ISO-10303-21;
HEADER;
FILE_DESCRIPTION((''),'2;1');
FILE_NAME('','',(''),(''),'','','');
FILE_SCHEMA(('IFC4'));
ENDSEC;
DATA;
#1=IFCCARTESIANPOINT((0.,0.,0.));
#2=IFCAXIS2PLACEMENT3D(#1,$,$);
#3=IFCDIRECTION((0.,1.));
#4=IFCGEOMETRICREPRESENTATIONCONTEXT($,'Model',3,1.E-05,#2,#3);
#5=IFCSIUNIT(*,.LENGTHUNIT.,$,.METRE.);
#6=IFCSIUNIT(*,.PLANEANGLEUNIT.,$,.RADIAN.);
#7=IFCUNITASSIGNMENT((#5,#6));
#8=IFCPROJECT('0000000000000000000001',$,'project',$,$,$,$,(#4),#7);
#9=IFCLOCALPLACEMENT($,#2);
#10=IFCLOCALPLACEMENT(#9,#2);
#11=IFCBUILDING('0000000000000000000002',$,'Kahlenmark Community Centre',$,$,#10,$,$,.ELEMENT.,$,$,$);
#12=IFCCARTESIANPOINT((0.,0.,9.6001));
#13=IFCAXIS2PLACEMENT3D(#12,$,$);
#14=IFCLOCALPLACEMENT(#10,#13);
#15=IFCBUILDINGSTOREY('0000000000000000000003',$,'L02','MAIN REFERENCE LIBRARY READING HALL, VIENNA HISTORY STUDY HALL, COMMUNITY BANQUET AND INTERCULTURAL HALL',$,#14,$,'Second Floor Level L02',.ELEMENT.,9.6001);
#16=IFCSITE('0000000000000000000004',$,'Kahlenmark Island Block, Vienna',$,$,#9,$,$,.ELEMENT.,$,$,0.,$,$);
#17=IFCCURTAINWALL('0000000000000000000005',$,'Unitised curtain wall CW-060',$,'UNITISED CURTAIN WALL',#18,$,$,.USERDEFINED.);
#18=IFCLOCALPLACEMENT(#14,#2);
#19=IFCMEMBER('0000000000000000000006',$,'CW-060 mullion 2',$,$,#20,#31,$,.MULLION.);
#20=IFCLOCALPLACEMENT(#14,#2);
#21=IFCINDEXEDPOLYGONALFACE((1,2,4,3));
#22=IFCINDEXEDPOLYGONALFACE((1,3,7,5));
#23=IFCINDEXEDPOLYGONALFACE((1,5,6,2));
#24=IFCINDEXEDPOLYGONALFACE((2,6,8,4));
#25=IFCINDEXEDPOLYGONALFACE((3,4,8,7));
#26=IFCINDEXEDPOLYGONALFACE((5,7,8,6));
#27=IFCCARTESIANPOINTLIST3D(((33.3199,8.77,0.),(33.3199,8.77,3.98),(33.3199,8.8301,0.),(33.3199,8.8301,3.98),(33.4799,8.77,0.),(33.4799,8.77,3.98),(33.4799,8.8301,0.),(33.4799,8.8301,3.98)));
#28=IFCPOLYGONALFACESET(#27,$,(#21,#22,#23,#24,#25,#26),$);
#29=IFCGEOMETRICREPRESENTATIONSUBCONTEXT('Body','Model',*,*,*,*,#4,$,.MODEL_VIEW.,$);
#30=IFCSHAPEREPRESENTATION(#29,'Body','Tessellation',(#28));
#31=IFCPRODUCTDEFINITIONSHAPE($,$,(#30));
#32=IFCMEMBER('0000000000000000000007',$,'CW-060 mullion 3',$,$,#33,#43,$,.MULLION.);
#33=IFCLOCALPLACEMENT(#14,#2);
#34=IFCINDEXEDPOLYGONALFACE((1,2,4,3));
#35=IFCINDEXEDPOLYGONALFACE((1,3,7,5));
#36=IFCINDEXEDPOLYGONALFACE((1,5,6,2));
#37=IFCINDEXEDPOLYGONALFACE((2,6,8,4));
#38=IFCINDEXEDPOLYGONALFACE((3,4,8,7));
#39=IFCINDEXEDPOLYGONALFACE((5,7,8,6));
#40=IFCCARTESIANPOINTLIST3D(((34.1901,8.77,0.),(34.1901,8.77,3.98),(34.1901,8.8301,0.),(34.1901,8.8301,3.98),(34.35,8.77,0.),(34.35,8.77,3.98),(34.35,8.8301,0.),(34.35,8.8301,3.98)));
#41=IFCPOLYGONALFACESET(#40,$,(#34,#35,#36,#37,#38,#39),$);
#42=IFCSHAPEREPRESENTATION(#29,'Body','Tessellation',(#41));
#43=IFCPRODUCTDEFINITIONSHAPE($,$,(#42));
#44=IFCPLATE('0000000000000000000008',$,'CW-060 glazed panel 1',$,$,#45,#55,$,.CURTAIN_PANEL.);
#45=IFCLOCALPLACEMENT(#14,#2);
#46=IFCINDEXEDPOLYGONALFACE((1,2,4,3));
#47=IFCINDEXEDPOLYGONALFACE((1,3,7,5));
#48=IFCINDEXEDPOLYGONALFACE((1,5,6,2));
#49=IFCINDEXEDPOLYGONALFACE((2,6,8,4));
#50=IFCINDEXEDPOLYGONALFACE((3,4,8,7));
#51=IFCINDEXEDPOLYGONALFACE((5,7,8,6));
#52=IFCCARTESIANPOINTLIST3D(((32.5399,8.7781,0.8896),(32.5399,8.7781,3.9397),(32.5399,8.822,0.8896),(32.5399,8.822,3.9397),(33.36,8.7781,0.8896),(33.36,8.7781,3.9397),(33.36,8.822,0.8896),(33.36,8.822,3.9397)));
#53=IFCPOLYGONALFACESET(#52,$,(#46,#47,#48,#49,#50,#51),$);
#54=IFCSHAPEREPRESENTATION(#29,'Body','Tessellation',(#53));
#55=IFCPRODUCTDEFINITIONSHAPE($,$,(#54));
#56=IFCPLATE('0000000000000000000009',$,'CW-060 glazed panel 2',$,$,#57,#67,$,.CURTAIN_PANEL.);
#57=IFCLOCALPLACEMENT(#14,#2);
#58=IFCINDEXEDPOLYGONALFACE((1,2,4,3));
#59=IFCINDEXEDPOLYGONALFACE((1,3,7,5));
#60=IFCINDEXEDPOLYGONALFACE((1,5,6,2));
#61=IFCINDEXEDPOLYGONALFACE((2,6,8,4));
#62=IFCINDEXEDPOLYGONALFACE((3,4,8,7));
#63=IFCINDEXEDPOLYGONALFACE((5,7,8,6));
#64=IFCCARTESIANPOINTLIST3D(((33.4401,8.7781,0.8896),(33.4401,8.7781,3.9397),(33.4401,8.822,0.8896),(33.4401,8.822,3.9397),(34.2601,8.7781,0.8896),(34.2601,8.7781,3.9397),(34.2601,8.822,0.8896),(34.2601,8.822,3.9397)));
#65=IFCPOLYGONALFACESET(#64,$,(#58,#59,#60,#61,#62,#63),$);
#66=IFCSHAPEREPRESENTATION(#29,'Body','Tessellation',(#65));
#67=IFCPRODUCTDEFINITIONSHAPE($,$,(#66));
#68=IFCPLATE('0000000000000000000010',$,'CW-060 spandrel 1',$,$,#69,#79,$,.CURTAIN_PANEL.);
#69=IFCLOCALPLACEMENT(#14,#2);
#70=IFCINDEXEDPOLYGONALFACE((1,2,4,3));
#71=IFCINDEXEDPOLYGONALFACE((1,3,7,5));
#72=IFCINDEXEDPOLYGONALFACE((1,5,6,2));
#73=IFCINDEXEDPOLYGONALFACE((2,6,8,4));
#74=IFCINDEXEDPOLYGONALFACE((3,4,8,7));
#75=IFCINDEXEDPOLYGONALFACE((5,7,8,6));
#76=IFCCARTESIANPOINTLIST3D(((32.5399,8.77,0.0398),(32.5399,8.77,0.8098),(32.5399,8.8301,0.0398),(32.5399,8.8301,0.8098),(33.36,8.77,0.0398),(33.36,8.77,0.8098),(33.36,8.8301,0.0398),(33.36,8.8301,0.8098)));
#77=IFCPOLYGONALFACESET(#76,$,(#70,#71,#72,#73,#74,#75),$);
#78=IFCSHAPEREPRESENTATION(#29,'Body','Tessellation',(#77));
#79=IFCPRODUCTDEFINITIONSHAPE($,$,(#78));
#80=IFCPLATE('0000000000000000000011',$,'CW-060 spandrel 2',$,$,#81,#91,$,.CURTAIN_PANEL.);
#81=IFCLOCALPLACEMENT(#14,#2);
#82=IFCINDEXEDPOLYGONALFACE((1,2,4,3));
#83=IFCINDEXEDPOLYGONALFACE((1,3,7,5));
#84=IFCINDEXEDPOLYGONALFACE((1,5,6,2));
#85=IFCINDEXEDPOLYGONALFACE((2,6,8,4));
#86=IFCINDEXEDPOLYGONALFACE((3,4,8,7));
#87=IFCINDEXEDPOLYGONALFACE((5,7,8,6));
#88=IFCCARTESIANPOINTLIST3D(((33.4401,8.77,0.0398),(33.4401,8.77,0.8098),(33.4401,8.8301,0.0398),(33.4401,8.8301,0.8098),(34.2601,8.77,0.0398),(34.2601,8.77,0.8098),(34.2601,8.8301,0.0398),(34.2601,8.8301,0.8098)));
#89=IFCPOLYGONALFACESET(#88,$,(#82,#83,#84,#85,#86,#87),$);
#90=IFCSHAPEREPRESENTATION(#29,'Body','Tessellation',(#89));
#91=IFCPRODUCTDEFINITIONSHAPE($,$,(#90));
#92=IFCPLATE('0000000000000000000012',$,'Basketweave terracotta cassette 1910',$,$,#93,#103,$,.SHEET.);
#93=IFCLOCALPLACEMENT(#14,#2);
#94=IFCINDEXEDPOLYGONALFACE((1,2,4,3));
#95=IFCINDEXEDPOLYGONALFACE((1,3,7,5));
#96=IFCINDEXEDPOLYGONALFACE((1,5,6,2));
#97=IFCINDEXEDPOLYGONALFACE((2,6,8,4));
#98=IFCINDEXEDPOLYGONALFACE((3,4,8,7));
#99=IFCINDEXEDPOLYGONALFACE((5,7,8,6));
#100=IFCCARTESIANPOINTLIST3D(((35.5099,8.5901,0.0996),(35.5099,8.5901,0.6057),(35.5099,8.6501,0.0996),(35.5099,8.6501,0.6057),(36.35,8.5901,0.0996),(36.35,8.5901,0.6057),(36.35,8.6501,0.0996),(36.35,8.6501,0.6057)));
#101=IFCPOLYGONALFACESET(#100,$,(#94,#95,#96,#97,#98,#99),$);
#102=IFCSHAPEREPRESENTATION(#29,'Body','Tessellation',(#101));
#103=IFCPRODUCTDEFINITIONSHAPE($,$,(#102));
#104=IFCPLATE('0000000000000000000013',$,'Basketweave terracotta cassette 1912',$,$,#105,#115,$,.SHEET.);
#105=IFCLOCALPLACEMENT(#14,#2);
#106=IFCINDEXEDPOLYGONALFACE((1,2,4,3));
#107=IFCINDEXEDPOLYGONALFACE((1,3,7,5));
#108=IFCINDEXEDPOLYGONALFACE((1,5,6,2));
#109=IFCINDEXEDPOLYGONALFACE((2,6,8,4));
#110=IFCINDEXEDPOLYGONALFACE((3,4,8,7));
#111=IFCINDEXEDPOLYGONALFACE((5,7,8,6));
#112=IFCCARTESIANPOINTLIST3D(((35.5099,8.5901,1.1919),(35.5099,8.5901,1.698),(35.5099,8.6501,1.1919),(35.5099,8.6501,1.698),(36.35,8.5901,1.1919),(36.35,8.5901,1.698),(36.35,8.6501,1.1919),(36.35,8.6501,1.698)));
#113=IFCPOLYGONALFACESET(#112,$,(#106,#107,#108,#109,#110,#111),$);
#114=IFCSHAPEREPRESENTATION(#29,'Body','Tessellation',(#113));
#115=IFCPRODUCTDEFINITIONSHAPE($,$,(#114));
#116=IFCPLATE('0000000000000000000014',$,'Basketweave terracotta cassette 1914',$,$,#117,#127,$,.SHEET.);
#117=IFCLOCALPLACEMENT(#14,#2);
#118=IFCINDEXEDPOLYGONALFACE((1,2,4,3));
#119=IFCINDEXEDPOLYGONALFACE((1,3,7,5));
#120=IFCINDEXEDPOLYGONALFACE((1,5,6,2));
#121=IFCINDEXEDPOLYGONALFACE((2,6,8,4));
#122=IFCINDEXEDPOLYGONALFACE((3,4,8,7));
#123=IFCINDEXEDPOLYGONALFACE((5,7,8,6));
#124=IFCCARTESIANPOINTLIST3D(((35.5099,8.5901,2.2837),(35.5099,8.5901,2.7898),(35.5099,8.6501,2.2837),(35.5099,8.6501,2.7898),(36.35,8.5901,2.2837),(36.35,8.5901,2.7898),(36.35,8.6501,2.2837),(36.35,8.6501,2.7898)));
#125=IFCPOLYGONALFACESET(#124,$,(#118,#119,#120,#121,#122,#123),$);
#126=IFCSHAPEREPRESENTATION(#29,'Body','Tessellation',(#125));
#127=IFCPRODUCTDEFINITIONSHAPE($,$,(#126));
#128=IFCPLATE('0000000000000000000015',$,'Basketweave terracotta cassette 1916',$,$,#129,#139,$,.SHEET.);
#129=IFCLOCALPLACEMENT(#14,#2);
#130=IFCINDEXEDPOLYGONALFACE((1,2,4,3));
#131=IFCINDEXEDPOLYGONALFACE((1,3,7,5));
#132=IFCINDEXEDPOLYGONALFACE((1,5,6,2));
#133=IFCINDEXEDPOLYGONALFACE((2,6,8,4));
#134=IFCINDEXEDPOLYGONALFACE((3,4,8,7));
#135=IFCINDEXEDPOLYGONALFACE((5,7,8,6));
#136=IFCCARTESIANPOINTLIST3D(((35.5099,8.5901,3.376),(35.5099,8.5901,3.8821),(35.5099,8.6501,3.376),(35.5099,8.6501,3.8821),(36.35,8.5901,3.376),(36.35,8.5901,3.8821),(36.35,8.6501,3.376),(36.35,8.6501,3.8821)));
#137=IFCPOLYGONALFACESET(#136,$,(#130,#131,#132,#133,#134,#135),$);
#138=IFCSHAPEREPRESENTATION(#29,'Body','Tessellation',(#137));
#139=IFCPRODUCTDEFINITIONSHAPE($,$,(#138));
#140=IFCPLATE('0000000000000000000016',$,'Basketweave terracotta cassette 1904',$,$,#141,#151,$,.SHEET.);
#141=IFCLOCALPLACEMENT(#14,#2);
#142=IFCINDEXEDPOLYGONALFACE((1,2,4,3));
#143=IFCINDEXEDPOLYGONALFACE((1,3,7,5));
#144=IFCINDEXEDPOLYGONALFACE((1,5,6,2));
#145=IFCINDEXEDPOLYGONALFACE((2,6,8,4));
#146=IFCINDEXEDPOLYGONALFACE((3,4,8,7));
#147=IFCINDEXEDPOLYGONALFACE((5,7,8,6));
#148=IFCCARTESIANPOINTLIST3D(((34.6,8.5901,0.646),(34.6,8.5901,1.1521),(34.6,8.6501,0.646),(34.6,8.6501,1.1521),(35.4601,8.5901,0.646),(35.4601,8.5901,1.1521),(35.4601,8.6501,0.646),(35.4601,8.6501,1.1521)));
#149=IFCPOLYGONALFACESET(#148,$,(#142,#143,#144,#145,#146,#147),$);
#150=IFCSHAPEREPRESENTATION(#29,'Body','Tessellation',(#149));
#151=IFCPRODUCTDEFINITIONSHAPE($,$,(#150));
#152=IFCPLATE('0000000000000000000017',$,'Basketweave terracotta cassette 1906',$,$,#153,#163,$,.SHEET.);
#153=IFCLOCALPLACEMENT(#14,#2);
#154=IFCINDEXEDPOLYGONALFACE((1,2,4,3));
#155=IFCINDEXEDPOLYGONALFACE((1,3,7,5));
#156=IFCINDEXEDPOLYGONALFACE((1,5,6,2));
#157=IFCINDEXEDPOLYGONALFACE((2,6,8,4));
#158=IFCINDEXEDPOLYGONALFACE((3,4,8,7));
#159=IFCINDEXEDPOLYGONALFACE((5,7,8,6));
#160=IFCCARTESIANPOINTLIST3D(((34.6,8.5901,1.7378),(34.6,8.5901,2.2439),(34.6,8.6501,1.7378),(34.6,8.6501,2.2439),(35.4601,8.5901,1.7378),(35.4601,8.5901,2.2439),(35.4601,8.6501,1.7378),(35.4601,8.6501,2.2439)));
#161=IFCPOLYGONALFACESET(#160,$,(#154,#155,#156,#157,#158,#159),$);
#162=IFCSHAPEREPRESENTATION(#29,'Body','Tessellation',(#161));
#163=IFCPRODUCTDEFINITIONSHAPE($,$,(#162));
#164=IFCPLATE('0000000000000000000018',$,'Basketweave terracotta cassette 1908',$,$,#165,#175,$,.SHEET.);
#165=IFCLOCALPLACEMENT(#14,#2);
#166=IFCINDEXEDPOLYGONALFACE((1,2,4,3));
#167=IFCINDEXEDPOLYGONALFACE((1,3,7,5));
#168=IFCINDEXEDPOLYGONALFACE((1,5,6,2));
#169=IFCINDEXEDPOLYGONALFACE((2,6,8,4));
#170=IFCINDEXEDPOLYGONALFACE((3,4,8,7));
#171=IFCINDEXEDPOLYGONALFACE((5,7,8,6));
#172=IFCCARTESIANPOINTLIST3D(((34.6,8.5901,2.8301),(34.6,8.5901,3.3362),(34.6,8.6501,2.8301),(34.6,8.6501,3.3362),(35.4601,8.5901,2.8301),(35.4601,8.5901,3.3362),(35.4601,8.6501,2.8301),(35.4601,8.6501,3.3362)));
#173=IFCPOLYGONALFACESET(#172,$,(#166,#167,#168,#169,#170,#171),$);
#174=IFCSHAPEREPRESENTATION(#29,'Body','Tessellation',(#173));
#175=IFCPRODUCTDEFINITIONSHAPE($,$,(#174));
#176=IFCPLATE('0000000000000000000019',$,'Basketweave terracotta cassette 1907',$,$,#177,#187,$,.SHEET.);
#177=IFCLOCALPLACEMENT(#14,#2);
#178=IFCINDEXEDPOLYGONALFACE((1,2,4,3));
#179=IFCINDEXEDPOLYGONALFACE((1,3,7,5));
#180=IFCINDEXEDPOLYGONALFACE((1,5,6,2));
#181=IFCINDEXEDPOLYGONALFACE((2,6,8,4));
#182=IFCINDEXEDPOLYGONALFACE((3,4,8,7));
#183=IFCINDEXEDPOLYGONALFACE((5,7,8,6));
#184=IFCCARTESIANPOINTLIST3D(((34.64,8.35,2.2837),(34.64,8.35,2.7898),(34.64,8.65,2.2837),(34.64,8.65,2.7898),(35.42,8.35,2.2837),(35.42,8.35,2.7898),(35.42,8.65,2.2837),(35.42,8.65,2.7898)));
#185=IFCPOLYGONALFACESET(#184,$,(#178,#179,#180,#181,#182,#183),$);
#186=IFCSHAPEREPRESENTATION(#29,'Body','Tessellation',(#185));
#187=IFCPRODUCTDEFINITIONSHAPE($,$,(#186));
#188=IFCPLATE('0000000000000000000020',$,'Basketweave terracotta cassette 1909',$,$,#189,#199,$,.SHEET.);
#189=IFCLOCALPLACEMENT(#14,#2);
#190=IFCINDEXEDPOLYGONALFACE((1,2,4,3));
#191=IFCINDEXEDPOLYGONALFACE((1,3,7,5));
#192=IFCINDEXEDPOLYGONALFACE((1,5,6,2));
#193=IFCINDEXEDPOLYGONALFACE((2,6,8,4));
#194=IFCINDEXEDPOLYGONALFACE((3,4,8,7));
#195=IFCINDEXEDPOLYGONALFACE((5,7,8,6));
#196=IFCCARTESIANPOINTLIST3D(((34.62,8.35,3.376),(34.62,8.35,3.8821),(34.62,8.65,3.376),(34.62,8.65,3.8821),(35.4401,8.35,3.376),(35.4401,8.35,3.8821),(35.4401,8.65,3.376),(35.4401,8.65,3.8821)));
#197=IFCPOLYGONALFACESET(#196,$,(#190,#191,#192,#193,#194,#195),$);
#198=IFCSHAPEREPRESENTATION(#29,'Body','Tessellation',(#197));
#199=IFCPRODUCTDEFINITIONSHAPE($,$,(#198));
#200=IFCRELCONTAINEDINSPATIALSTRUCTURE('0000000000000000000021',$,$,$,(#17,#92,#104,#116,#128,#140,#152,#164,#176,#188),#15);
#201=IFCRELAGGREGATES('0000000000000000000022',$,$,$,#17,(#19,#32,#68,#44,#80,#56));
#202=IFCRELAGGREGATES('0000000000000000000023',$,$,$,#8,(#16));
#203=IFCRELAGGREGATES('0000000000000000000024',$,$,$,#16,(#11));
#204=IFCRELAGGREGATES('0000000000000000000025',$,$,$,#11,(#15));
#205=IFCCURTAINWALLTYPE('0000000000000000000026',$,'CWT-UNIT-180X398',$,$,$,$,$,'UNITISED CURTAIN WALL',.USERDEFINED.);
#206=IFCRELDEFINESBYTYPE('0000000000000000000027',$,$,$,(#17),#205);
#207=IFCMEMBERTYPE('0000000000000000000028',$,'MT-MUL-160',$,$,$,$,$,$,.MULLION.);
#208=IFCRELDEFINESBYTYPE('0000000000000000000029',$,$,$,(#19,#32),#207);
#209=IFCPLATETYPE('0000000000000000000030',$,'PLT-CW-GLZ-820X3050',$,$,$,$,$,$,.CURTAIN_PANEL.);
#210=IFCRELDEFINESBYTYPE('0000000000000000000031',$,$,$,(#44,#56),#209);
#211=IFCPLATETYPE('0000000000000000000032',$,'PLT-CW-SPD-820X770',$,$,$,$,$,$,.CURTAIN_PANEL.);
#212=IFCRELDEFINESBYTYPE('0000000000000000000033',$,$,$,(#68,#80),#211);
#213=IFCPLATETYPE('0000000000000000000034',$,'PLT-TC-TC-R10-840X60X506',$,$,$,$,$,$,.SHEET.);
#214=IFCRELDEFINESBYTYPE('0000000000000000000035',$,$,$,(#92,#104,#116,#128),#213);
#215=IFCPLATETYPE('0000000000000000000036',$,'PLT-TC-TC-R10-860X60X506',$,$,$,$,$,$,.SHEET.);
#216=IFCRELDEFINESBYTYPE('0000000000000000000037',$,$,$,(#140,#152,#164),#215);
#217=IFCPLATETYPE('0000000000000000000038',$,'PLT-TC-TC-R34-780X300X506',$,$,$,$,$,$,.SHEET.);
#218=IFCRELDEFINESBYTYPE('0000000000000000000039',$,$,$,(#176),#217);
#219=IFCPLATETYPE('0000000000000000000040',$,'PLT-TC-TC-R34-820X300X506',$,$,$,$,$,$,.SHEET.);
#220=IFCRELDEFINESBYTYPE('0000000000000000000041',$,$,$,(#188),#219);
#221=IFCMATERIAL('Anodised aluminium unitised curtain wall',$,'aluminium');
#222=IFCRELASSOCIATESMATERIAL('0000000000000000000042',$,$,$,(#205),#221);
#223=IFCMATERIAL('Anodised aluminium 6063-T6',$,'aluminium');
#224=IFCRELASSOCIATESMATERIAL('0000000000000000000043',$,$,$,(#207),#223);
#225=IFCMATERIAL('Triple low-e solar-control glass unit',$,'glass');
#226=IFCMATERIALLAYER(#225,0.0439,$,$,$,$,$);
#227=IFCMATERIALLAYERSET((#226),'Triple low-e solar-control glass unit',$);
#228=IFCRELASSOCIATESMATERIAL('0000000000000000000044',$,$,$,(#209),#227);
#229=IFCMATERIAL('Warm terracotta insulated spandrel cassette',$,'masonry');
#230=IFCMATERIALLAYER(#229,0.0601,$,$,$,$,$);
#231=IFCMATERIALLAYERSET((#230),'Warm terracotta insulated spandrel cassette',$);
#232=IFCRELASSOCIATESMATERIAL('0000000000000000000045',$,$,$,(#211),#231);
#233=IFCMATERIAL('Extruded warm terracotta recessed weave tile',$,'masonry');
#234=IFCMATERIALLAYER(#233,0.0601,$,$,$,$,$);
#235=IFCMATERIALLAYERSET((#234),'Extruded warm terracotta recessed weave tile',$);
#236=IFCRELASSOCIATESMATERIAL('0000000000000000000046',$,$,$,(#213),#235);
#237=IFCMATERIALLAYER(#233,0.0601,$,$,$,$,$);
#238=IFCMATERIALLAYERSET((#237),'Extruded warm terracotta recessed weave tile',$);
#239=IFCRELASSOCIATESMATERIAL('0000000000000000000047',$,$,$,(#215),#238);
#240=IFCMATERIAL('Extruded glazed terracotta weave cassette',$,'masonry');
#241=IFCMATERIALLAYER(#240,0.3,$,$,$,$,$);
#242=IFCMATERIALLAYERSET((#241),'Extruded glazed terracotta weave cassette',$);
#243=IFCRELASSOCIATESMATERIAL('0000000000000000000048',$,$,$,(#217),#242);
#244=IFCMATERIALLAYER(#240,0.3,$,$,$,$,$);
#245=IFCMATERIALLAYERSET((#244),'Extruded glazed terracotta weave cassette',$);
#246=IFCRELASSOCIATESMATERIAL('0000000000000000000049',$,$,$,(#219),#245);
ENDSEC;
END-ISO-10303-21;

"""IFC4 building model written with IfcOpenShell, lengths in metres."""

from ifc_helpers import new_model, si_unit, direction, frame, origin, origin_2d, place, context, subcontext, project, spatial, rectangle, extrude, material, layer, layer_set, material_profile, profile_set, type_object, element, aggregate, save


model = new_model("IFC4")

# Units and contexts
model_context = context("Model", 3, precision=1e-05, world=origin(), true_north=direction((0.0, 1.0)))
body_context = subcontext(model_context, "Body", "Model", "MODEL_VIEW")
ifc_project = project(units=[si_unit("LENGTHUNIT", "METRE"), si_unit("PLANEANGLEUNIT", "RADIAN")], contexts=[model_context])

# Site, building, storey
site_placement = place(None, origin())
site = spatial("IfcSite", under=ifc_project, at=site_placement, Name="Kahlenmark Island Block, Vienna", CompositionType="ELEMENT", RefElevation=0.0)
building_placement = place(site_placement, origin())
building = spatial("IfcBuilding", under=site, at=building_placement, Name="Kahlenmark Community Centre", CompositionType="ELEMENT")
storey_placement = place(building_placement, frame((0.0, 0.0, 9.6001)))
storey = spatial("IfcBuildingStorey", under=building, at=storey_placement, Name="L02", Description="MAIN REFERENCE LIBRARY READING HALL, VIENNA HISTORY STUDY HALL, COMMUNITY BANQUET AND INTERCULTURAL HALL", LongName="Second Floor Level L02", CompositionType="ELEMENT", Elevation=9.6001)

# Curtain wall, members, plates
ifc_material_1 = material(Name="Anodised aluminium unitised curtain wall", Category="aluminium")
curtain_wall_type = type_object("IfcCurtainWallType", Name="CWT-UNIT-180X398", ElementType="UNITISED CURTAIN WALL", PredefinedType="USERDEFINED", material=ifc_material_1)
curtain_wall_placement = place(storey_placement, origin())
curtain_wall = element("IfcCurtainWall", 1, at=curtain_wall_placement, inside=storey, type_object=curtain_wall_type, Name="Unitised curtain wall CW-060", ObjectType="UNITISED CURTAIN WALL", PredefinedType="USERDEFINED")
ifc_material_2 = material(Name="Anodised aluminium 6063-T6", Category="aluminium")
ifc_material_profile = material_profile(ifc_material_2, rectangle(XDim=0.0601, YDim=0.1599, at=origin_2d()), Name="ALU MULLION 60x160")
ifc_profile_set = profile_set([ifc_material_profile], Name="Anodised aluminium 6063-T6")
member_type = type_object("IfcMemberType", Name="MT-MUL-160", PredefinedType="MULLION", material=ifc_profile_set)
member_1_placement = place(storey_placement, frame((33.3999, 8.8, 0.0), z_axis=(0.0, 0.0, 1.0), x_axis=(0.0, 1.0, 0.0)))
member_1 = element("IfcMember", 2, at=member_1_placement, type_object=member_type, Name="CW-060 mullion 2", PredefinedType="MULLION", context=body_context, shape_type="SweptSolid", body=[
    extrude(rectangle(XDim=0.0601, YDim=0.1599, at=origin_2d()), origin(), (0.0, 0.0, 1.0), 3.98),
])
member_2_placement = place(storey_placement, frame((34.27, 8.8, 0.0), z_axis=(0.0, 0.0, 1.0), x_axis=(0.0, 1.0, 0.0)))
member_2 = element("IfcMember", 3, at=member_2_placement, type_object=member_type, Name="CW-060 mullion 3", PredefinedType="MULLION", context=body_context, shape_type="SweptSolid", body=[
    extrude(rectangle(XDim=0.0601, YDim=0.1599, at=origin_2d()), origin(), (0.0, 0.0, 1.0), 3.98),
])
ifc_material_3 = material(Name="Triple low-e solar-control glass unit", Category="glass")
ifc_layer_1 = layer(ifc_material_3, 0.0439)
ifc_layer_set_1 = layer_set([ifc_layer_1], Name="Triple low-e solar-control glass unit")
plate_type_1 = type_object("IfcPlateType", Name="PLT-CW-GLZ-820X3050", PredefinedType="CURTAIN_PANEL", material=ifc_layer_set_1)
plate_1_placement = place(storey_placement, frame((32.95, 8.8, 0.8896), z_axis=(0.0, 0.0, 1.0), x_axis=(1.0, 0.0, 0.0)))
plate_1 = element("IfcPlate", 4, at=plate_1_placement, type_object=plate_type_1, Name="CW-060 glazed panel 1", PredefinedType="CURTAIN_PANEL", context=body_context, shape_type="SweptSolid", body=[
    extrude(rectangle(XDim=0.8201, YDim=0.0439, at=origin_2d()), origin(), (0.0, 0.0, 1.0), 3.05),
])
plate_2_placement = place(storey_placement, frame((33.8501, 8.8, 0.8896), z_axis=(0.0, 0.0, 1.0), x_axis=(1.0, 0.0, 0.0)))
plate_2 = element("IfcPlate", 5, at=plate_2_placement, type_object=plate_type_1, Name="CW-060 glazed panel 2", PredefinedType="CURTAIN_PANEL", context=body_context, shape_type="SweptSolid", body=[
    extrude(rectangle(XDim=0.8201, YDim=0.0439, at=origin_2d()), origin(), (0.0, 0.0, 1.0), 3.05),
])
ifc_material_4 = material(Name="Warm terracotta insulated spandrel cassette", Category="masonry")
ifc_layer_2 = layer(ifc_material_4, 0.0601)
ifc_layer_set_2 = layer_set([ifc_layer_2], Name="Warm terracotta insulated spandrel cassette")
plate_type_2 = type_object("IfcPlateType", Name="PLT-CW-SPD-820X770", PredefinedType="CURTAIN_PANEL", material=ifc_layer_set_2)
plate_3_placement = place(storey_placement, frame((32.95, 8.8, 0.0398), z_axis=(0.0, 0.0, 1.0), x_axis=(1.0, 0.0, 0.0)))
plate_3 = element("IfcPlate", 6, at=plate_3_placement, type_object=plate_type_2, Name="CW-060 spandrel 1", PredefinedType="CURTAIN_PANEL", context=body_context, shape_type="SweptSolid", body=[
    extrude(rectangle(XDim=0.8201, YDim=0.0601, at=origin_2d()), origin(), (0.0, 0.0, 1.0), 0.77),
])
plate_4_placement = place(storey_placement, frame((33.8501, 8.8, 0.0398), z_axis=(0.0, 0.0, 1.0), x_axis=(1.0, 0.0, 0.0)))
plate_4 = element("IfcPlate", 7, at=plate_4_placement, type_object=plate_type_2, Name="CW-060 spandrel 2", PredefinedType="CURTAIN_PANEL", context=body_context, shape_type="SweptSolid", body=[
    extrude(rectangle(XDim=0.8201, YDim=0.0601, at=origin_2d()), origin(), (0.0, 0.0, 1.0), 0.77),
])
aggregate(curtain_wall, [member_1, member_2, plate_3, plate_1, plate_4, plate_2])

# Plates
ifc_material_5 = material(Name="Extruded warm terracotta recessed weave tile", Category="masonry")
ifc_layer_3 = layer(ifc_material_5, 0.0601)
ifc_layer_set_3 = layer_set([ifc_layer_3], Name="Extruded warm terracotta recessed weave tile")
plate_type_3 = type_object("IfcPlateType", Name="PLT-TC-TC-R10-840X60X506", PredefinedType="SHEET", material=ifc_layer_set_3)
for number, where, z_axis, x_axis, name in (
    (8, (35.9299, 8.6201, 0.0996), (0.0, 0.0, 1.0), (1.0, 0.0, 0.0), "Basketweave terracotta cassette 1910"),
    (9, (35.9299, 8.6201, 1.1919), (0.0, 0.0, 1.0), (1.0, 0.0, 0.0), "Basketweave terracotta cassette 1912"),
    (10, (35.9299, 8.6201, 2.2837), (0.0, 0.0, 1.0), (1.0, 0.0, 0.0), "Basketweave terracotta cassette 1914"),
    (11, (35.9299, 8.6201, 3.376), (0.0, 0.0, 1.0), (1.0, 0.0, 0.0), "Basketweave terracotta cassette 1916"),
):
    element("IfcPlate", number, at=place(storey_placement, frame(where, z_axis=z_axis, x_axis=x_axis)), inside=storey, type_object=plate_type_3, Name=name, PredefinedType="SHEET", context=body_context, shape_type="SweptSolid", body=[
        extrude(rectangle(XDim=0.8401, YDim=0.0601, at=origin_2d()), origin(), (0.0, 0.0, 1.0), 0.5061),
    ])
ifc_layer_4 = layer(ifc_material_5, 0.0601)
ifc_layer_set_4 = layer_set([ifc_layer_4], Name="Extruded warm terracotta recessed weave tile")
plate_type_4 = type_object("IfcPlateType", Name="PLT-TC-TC-R10-860X60X506", PredefinedType="SHEET", material=ifc_layer_set_4)
for number, where, z_axis, x_axis, name in (
    (12, (35.03, 8.6201, 0.646), (0.0, 0.0, 1.0), (1.0, 0.0, 0.0), "Basketweave terracotta cassette 1904"),
    (13, (35.03, 8.6201, 1.7378), (0.0, 0.0, 1.0), (1.0, 0.0, 0.0), "Basketweave terracotta cassette 1906"),
    (14, (35.03, 8.6201, 2.8301), (0.0, 0.0, 1.0), (1.0, 0.0, 0.0), "Basketweave terracotta cassette 1908"),
):
    element("IfcPlate", number, at=place(storey_placement, frame(where, z_axis=z_axis, x_axis=x_axis)), inside=storey, type_object=plate_type_4, Name=name, PredefinedType="SHEET", context=body_context, shape_type="SweptSolid", body=[
        extrude(rectangle(XDim=0.8601, YDim=0.0601, at=origin_2d()), origin(), (0.0, 0.0, 1.0), 0.5061),
    ])
ifc_material_6 = material(Name="Extruded glazed terracotta weave cassette", Category="masonry")
ifc_layer_5 = layer(ifc_material_6, 0.3)
ifc_layer_set_5 = layer_set([ifc_layer_5], Name="Extruded glazed terracotta weave cassette")
plate_type_5 = type_object("IfcPlateType", Name="PLT-TC-TC-R34-780X300X506", PredefinedType="SHEET", material=ifc_layer_set_5)
plate_5_placement = place(storey_placement, frame((35.03, 8.5, 2.2837), z_axis=(0.0, 0.0, 1.0), x_axis=(1.0, 0.0, 0.0)))
element("IfcPlate", 15, at=plate_5_placement, inside=storey, type_object=plate_type_5, Name="Basketweave terracotta cassette 1907", PredefinedType="SHEET", context=body_context, shape_type="SweptSolid", body=[
    extrude(rectangle(XDim=0.78, YDim=0.3, at=origin_2d()), origin(), (0.0, 0.0, 1.0), 0.5061),
])
ifc_layer_6 = layer(ifc_material_6, 0.3)
ifc_layer_set_6 = layer_set([ifc_layer_6], Name="Extruded glazed terracotta weave cassette")
plate_type_6 = type_object("IfcPlateType", Name="PLT-TC-TC-R34-820X300X506", PredefinedType="SHEET", material=ifc_layer_set_6)
plate_6_placement = place(storey_placement, frame((35.03, 8.5, 3.376), z_axis=(0.0, 0.0, 1.0), x_axis=(1.0, 0.0, 0.0)))
element("IfcPlate", 16, at=plate_6_placement, inside=storey, type_object=plate_type_6, Name="Basketweave terracotta cassette 1909", PredefinedType="SHEET", context=body_context, shape_type="SweptSolid", body=[
    extrude(rectangle(XDim=0.8201, YDim=0.3, at=origin_2d()), origin(), (0.0, 0.0, 1.0), 0.5061),
])

save(model, "model.ifc")
